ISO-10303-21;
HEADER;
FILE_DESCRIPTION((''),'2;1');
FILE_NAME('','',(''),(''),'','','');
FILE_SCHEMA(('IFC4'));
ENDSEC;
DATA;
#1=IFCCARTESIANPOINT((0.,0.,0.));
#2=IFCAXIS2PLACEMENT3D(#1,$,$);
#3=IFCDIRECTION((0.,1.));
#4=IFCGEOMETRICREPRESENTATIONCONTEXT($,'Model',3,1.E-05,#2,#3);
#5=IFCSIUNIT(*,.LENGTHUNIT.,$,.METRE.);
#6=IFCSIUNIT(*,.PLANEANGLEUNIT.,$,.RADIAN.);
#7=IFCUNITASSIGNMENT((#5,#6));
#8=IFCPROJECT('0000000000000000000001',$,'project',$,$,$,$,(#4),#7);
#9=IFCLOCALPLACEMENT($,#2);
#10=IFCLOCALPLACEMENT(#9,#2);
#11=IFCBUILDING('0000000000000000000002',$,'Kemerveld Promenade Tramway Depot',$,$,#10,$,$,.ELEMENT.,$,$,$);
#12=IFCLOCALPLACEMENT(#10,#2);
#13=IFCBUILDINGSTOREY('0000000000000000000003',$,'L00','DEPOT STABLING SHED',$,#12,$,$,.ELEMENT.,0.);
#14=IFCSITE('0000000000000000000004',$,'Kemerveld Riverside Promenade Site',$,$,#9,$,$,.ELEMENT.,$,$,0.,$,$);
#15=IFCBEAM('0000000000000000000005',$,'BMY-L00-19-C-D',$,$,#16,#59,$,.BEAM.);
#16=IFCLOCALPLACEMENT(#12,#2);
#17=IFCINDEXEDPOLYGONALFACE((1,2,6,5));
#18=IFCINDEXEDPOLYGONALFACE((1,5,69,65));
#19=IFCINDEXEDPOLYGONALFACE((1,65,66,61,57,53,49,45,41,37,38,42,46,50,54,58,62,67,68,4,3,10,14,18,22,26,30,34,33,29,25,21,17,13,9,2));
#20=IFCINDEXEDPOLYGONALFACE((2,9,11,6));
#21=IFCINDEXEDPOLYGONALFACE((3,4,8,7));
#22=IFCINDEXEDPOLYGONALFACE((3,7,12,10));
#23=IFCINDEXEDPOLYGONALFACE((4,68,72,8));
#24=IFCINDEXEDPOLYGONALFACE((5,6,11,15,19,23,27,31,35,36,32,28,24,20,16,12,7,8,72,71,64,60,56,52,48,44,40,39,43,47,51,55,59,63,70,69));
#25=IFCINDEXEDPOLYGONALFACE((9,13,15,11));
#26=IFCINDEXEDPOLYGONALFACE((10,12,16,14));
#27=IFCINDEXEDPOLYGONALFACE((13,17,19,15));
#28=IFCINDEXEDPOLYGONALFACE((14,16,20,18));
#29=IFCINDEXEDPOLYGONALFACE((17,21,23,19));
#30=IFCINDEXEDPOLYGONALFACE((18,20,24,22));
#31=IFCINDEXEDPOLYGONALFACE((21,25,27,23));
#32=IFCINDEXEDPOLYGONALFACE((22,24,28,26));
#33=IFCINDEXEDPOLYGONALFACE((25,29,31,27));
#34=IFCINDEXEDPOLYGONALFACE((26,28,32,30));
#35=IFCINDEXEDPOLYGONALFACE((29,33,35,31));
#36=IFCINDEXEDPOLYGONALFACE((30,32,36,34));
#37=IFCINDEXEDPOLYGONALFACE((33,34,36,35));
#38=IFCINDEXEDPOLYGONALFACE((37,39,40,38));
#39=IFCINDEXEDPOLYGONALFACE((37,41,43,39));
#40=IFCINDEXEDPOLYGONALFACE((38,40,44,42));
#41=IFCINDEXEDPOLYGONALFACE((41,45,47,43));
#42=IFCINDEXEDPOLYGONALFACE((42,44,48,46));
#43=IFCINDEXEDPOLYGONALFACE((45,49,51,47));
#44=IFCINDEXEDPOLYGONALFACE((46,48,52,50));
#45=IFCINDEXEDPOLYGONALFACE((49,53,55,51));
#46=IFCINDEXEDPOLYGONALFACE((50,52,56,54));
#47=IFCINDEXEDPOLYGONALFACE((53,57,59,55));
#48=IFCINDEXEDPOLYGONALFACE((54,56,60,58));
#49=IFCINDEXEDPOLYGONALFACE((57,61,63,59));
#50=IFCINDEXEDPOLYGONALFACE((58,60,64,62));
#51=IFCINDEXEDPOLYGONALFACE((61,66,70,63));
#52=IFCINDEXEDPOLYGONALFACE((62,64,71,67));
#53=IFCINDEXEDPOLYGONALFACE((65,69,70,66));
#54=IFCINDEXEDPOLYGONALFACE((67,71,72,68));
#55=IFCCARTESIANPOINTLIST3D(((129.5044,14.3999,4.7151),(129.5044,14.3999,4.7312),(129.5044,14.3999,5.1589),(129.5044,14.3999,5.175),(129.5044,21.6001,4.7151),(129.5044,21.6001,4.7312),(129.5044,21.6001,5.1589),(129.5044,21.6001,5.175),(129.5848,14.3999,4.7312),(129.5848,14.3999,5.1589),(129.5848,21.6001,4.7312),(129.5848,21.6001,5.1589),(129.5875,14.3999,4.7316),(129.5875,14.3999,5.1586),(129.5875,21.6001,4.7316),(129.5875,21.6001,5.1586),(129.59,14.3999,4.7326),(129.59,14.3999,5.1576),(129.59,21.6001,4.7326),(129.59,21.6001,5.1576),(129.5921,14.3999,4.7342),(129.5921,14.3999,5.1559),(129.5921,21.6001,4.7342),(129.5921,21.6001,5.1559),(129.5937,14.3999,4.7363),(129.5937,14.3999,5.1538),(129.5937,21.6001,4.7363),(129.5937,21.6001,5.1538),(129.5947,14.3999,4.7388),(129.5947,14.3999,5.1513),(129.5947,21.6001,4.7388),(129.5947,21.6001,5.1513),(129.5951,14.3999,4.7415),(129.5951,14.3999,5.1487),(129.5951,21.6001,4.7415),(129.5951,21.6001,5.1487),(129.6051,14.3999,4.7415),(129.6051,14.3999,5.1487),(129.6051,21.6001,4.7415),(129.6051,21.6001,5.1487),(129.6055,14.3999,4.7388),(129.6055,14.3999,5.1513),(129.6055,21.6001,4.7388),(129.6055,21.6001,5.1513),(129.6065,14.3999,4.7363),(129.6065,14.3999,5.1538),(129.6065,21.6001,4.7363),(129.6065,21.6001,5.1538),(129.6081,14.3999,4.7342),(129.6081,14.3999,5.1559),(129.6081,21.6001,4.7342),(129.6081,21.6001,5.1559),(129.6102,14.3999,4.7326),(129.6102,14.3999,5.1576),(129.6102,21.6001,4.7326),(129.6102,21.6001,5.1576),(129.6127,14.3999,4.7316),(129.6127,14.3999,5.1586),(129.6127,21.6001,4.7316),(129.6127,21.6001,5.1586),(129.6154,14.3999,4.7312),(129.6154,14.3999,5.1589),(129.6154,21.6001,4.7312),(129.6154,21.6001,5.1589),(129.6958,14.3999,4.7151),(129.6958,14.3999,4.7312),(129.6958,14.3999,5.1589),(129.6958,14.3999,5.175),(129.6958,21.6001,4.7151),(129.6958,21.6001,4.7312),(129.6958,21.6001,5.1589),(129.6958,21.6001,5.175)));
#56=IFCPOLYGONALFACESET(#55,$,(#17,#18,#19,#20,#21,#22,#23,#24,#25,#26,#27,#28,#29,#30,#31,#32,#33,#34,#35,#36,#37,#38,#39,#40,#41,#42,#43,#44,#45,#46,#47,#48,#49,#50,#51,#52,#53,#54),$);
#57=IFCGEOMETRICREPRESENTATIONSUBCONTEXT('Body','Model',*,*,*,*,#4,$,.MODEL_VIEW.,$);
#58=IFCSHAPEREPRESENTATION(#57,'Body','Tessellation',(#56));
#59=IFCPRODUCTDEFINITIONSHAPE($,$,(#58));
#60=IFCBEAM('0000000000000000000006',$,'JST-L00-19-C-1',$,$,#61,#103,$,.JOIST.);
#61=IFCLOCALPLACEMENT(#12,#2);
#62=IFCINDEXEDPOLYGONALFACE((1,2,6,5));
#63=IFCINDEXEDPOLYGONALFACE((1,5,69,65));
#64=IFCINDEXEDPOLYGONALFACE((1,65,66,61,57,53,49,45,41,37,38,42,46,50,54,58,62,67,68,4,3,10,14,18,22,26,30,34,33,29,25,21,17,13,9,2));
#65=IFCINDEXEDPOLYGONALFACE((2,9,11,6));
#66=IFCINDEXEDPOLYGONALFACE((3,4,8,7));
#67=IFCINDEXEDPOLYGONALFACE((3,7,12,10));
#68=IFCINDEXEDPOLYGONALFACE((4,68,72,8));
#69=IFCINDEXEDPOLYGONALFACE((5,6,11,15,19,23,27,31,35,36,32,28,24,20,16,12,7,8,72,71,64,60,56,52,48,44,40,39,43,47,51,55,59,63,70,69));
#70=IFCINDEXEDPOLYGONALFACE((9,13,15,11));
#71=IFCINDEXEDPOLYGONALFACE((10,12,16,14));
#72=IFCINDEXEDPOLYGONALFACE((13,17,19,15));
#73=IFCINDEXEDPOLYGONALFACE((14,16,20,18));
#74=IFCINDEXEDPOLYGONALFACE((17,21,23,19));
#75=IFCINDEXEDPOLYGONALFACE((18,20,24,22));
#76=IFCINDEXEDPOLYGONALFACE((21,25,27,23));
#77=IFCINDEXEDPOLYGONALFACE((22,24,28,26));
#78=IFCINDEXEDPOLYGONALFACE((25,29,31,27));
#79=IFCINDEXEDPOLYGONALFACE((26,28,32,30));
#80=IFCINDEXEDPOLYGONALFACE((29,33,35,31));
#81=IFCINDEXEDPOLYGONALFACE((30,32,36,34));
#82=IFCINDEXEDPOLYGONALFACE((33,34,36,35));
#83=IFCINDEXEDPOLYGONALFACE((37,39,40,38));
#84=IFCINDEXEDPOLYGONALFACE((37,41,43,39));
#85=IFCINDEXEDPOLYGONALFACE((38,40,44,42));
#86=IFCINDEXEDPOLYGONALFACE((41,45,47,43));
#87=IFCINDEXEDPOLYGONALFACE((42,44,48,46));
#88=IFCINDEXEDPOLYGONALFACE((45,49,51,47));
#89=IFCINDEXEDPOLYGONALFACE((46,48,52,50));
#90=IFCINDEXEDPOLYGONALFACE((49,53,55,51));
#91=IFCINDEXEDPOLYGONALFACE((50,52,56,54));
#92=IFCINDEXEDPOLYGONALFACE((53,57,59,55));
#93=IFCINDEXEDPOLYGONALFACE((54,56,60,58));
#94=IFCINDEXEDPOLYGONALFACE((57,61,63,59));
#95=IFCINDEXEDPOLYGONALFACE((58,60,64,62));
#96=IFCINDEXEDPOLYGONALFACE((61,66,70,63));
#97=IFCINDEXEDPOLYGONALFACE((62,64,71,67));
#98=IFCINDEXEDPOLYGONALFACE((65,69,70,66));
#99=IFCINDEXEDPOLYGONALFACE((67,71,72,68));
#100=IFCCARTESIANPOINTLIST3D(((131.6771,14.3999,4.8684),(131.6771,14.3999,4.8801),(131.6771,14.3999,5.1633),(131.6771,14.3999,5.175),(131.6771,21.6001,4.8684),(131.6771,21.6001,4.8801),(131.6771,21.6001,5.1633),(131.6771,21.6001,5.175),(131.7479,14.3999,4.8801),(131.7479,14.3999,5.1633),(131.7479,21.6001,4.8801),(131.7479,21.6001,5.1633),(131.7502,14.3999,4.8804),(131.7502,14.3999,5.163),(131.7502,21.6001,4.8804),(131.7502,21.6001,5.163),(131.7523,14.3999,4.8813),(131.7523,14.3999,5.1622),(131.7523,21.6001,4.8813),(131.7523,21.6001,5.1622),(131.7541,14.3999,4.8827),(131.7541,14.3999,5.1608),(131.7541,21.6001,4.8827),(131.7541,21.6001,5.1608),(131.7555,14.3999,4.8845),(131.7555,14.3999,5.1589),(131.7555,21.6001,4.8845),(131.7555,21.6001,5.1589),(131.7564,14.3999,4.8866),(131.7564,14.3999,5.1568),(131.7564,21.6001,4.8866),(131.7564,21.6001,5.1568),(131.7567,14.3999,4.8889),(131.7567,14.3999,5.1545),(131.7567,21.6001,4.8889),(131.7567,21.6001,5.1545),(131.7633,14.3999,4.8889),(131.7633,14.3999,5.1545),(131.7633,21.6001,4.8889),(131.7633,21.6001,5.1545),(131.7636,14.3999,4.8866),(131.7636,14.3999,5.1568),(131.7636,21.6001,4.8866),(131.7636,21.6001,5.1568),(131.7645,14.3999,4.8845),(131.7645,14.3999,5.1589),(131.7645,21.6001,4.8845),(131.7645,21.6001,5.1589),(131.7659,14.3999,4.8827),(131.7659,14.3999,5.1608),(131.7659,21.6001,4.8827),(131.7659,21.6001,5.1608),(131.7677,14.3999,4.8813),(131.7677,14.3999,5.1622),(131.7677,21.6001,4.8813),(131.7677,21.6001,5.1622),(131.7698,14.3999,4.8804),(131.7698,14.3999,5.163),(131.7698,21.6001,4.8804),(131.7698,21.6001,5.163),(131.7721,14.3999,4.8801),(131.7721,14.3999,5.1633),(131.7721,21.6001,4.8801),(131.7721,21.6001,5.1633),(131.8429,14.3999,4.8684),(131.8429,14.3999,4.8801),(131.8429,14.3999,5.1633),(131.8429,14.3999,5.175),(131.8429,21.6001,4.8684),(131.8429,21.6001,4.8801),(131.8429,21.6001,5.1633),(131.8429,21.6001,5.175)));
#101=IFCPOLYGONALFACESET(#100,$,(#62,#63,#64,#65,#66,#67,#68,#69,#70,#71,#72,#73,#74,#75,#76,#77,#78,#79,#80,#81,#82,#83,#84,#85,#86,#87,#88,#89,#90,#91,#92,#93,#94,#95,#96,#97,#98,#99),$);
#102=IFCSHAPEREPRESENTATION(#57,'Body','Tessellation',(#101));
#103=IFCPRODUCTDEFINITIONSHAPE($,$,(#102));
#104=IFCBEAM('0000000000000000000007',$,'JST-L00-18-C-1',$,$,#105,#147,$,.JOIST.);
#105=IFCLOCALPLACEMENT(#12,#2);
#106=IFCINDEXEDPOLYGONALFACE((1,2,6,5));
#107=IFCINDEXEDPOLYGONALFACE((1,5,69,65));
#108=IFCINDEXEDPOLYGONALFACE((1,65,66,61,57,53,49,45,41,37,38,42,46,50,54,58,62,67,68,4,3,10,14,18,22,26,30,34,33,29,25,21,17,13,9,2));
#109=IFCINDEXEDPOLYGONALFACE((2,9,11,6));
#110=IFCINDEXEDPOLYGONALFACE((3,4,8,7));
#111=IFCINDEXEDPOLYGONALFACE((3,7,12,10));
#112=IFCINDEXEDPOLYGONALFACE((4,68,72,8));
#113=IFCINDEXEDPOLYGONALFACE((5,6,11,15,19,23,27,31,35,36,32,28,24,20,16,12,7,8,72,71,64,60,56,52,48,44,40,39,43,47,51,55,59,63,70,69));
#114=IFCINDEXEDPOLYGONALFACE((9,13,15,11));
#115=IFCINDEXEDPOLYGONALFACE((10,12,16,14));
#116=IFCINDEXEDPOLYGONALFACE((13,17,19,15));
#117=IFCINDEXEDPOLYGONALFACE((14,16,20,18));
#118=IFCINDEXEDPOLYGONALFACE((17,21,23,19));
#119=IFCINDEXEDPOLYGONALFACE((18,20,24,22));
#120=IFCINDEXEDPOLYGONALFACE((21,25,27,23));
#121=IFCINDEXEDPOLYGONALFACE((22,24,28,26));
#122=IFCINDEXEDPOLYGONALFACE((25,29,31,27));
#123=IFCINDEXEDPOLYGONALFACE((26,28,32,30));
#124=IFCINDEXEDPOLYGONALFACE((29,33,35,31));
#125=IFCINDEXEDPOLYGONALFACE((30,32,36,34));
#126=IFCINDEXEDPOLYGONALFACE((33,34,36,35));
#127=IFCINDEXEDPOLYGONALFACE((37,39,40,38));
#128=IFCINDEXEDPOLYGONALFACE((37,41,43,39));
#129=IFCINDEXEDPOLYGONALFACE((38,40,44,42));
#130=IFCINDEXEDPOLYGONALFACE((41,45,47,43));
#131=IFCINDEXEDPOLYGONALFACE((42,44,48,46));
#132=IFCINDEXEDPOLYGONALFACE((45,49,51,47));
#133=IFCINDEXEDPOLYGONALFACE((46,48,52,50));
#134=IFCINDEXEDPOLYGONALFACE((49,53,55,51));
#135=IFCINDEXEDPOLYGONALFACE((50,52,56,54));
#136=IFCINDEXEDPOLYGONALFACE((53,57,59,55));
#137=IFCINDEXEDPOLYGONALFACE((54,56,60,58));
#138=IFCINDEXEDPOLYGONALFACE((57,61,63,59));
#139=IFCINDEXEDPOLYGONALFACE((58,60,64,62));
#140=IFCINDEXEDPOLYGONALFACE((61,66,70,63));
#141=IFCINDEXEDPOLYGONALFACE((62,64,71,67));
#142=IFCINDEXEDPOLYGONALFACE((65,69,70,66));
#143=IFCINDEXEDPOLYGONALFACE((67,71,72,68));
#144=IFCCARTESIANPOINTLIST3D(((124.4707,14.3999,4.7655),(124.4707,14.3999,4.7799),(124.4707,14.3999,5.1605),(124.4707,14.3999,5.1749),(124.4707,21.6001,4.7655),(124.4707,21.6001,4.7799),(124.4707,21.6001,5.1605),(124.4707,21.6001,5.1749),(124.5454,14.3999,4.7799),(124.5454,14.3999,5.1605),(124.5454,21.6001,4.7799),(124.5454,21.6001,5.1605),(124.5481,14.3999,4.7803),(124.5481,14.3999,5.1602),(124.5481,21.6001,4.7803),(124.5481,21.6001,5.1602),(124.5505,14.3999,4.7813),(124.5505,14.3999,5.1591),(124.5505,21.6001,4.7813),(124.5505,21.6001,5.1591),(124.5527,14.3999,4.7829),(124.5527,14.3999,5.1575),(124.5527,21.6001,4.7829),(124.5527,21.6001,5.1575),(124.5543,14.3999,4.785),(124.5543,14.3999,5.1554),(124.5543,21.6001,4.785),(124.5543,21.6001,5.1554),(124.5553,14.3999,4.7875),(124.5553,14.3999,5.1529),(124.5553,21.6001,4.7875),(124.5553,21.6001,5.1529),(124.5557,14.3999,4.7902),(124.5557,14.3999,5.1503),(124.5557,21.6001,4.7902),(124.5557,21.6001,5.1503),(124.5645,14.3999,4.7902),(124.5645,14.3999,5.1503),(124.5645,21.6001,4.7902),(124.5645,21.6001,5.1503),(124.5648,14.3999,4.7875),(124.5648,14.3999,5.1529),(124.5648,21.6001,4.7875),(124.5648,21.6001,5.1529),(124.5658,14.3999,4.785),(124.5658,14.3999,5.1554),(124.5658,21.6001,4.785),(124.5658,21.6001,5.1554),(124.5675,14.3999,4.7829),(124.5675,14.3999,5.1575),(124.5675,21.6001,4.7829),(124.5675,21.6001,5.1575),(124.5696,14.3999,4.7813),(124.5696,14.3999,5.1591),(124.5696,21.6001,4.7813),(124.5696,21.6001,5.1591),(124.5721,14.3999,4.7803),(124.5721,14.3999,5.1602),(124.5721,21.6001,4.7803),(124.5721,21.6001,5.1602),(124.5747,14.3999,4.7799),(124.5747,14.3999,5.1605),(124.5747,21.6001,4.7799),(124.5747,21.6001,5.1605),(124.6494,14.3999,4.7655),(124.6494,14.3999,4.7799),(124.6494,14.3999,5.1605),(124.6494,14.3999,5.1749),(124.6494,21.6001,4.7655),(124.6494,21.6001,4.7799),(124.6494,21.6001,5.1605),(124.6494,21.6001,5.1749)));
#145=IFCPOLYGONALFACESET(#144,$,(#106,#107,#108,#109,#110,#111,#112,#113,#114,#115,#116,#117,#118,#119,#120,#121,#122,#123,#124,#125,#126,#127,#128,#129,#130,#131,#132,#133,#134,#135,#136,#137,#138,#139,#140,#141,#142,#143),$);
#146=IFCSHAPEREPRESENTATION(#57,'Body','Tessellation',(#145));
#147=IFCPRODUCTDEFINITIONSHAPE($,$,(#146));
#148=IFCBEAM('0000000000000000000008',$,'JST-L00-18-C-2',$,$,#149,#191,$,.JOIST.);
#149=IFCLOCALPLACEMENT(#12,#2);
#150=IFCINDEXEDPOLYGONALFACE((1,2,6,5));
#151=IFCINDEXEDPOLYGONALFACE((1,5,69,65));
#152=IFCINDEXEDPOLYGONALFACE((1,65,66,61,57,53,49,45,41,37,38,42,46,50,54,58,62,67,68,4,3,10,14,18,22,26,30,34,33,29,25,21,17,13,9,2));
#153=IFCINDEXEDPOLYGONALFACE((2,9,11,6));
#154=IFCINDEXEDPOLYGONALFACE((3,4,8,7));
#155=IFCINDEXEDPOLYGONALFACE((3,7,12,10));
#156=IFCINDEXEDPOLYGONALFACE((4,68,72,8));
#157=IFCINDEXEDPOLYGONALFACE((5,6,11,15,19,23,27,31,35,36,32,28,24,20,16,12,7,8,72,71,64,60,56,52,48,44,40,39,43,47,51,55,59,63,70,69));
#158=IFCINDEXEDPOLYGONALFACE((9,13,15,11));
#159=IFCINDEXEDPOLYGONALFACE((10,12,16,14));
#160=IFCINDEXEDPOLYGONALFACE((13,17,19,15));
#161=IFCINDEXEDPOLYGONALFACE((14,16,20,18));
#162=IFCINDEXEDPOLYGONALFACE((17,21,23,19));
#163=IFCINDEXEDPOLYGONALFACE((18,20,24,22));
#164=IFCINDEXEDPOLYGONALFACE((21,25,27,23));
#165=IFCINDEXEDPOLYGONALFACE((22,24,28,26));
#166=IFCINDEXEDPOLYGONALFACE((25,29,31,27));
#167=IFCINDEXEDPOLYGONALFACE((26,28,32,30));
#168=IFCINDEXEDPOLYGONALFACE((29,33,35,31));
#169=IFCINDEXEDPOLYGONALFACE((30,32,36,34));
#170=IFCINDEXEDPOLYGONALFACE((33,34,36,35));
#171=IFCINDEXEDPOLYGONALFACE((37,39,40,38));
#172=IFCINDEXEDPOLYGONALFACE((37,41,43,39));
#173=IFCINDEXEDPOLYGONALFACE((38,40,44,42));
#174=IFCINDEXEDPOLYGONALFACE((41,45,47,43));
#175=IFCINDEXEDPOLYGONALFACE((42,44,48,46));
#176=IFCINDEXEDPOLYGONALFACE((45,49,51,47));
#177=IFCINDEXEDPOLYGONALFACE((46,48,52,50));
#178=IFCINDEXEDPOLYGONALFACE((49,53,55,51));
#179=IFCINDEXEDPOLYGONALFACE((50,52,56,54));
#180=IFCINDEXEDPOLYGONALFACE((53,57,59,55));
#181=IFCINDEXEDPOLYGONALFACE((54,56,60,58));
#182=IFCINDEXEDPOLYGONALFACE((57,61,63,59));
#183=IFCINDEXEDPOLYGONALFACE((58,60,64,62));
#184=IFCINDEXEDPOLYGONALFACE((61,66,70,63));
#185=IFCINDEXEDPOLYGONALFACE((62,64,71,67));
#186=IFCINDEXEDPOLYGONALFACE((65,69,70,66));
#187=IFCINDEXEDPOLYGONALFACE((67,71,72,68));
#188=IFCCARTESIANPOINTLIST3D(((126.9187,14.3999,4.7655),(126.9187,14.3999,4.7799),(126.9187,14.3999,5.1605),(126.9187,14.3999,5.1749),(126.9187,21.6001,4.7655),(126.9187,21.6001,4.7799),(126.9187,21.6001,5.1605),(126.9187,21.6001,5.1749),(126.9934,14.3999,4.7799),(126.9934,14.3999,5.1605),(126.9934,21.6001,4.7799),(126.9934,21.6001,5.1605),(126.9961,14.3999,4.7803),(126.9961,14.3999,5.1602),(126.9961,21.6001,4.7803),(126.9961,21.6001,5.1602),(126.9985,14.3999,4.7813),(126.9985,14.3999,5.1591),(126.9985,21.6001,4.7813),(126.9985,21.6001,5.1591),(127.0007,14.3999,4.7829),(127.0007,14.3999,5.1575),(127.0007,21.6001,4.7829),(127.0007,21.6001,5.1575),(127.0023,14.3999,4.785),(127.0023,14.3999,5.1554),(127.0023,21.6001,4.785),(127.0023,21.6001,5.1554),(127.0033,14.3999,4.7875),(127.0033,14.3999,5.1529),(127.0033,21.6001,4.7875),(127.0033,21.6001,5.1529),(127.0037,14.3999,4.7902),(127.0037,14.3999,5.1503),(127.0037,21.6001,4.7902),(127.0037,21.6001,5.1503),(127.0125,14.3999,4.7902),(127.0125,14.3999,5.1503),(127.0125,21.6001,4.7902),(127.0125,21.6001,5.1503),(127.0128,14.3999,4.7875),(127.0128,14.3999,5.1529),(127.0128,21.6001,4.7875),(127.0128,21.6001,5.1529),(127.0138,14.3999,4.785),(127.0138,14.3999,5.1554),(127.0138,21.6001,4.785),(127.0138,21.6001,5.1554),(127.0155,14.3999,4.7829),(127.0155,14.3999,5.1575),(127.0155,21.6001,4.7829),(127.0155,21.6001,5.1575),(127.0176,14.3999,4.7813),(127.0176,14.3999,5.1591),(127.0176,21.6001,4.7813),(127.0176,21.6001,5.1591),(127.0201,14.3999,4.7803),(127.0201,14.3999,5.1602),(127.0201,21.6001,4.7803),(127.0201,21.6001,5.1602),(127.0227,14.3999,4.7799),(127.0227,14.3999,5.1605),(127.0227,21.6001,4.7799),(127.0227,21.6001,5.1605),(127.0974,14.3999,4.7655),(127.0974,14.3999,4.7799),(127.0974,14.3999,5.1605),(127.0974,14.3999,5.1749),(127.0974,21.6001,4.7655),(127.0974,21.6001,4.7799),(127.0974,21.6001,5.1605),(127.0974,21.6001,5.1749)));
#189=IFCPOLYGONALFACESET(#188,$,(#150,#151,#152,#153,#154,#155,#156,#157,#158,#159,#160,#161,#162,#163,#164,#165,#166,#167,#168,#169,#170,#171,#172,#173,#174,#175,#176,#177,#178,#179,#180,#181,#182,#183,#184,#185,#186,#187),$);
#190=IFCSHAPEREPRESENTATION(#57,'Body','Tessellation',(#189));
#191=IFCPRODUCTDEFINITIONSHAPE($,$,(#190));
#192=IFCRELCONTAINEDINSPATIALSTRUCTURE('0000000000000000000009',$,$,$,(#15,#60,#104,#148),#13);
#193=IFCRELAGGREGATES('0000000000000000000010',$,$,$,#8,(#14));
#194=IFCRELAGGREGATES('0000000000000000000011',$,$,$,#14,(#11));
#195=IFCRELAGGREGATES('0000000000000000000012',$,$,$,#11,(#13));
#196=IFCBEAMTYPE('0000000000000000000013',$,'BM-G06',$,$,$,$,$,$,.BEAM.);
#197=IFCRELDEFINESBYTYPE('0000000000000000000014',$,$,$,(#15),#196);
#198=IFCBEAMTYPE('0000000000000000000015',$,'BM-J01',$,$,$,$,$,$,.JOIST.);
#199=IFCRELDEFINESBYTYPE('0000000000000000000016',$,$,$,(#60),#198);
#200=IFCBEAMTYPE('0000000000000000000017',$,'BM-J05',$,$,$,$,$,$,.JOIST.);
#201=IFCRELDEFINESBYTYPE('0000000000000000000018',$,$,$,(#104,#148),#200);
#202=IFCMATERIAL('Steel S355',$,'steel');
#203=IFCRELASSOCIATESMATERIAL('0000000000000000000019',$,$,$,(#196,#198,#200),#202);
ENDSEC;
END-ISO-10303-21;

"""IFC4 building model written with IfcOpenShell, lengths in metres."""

from ifc_helpers import new_model, si_unit, direction, frame, origin, origin_2d, place, context, subcontext, project, spatial, i_section, extrude, material, material_profile, profile_set, type_object, element, save


model = new_model("IFC4")

# Units and contexts
model_context = context("Model", 3, precision=1e-05, world=origin(), true_north=direction((0.0, 1.0)))
body_context = subcontext(model_context, "Body", "Model", "MODEL_VIEW")
ifc_project = project(units=[si_unit("LENGTHUNIT", "METRE"), si_unit("PLANEANGLEUNIT", "RADIAN")], contexts=[model_context])

# Site, building, storey
site_placement = place(None, origin())
site = spatial("IfcSite", under=ifc_project, at=site_placement, Name="Kemerveld Riverside Promenade Site", CompositionType="ELEMENT", RefElevation=0.0)
building_placement = place(site_placement, origin())
building = spatial("IfcBuilding", under=site, at=building_placement, Name="Kemerveld Promenade Tramway Depot", CompositionType="ELEMENT")
storey_placement = place(building_placement, origin())
storey = spatial("IfcBuildingStorey", under=building, at=storey_placement, Name="L00", Description="DEPOT STABLING SHED", CompositionType="ELEMENT", Elevation=0.0)

# Shared definitions
ifc_material_1 = material(Name="Steel S355", Category="steel")

# Beams
ifc_material_profile_1 = material_profile(ifc_material_1, i_section(OverallWidth=0.1914, OverallDepth=0.46, WebThickness=0.01, FlangeThickness=0.0161, FilletRadius=0.0103, at=origin_2d()), Name="457x191x82 UB")
ifc_profile_set_1 = profile_set([ifc_material_profile_1], Name="Steel S355")
beam_type_1 = type_object("IfcBeamType", Name="BM-G06", PredefinedType="BEAM", material=ifc_profile_set_1)
beam_1_placement = place(storey_placement, frame((129.6001, 14.3999, 4.9451), z_axis=(0.0, 1.0, 0.0), x_axis=(-1.0, 0.0, 0.0)))
element("IfcBeam", 1, at=beam_1_placement, inside=storey, type_object=beam_type_1, Name="BMY-L00-19-C-D", PredefinedType="BEAM", context=body_context, shape_type="SweptSolid", body=[
    extrude(i_section(OverallWidth=0.1914, OverallDepth=0.46, WebThickness=0.01, FlangeThickness=0.0161, FilletRadius=0.0103, at=origin_2d()), origin(), (0.0, 0.0, 1.0), 7.2002),
])
ifc_material_profile_2 = material_profile(ifc_material_1, i_section(OverallWidth=0.1658, OverallDepth=0.3066, WebThickness=0.0066, FlangeThickness=0.0117, FilletRadius=0.0088, at=origin_2d()), Name="305x165x46 UB")
ifc_profile_set_2 = profile_set([ifc_material_profile_2], Name="Steel S355")
beam_type_2 = type_object("IfcBeamType", Name="BM-J01", PredefinedType="JOIST", material=ifc_profile_set_2)
beam_2_placement = place(storey_placement, frame((131.76, 14.3999, 5.0217), z_axis=(0.0, 1.0, 0.0), x_axis=(-1.0, 0.0, 0.0)))
element("IfcBeam", 2, at=beam_2_placement, inside=storey, type_object=beam_type_2, Name="JST-L00-19-C-1", PredefinedType="JOIST", context=body_context, shape_type="SweptSolid", body=[
    extrude(i_section(OverallWidth=0.1658, OverallDepth=0.3066, WebThickness=0.0066, FlangeThickness=0.0117, FilletRadius=0.0088, at=origin_2d()), origin(), (0.0, 0.0, 1.0), 7.2002),
])
ifc_material_profile_3 = material_profile(ifc_material_1, i_section(OverallWidth=0.1787, OverallDepth=0.4094, WebThickness=0.0088, FlangeThickness=0.0144, FilletRadius=0.0103, at=origin_2d()), Name="406x178x67 UB")
ifc_profile_set_3 = profile_set([ifc_material_profile_3], Name="Steel S355")
beam_type_3 = type_object("IfcBeamType", Name="BM-J05", PredefinedType="JOIST", material=ifc_profile_set_3)
for number, where, z_axis, x_axis, name in (
    (3, (124.5601, 14.3999, 4.9702), (0.0, 1.0, 0.0), (-1.0, 0.0, 0.0), "JST-L00-18-C-1"),
    (4, (127.0081, 14.3999, 4.9702), (0.0, 1.0, 0.0), (-1.0, 0.0, 0.0), "JST-L00-18-C-2"),
):
    element("IfcBeam", number, at=place(storey_placement, frame(where, z_axis=z_axis, x_axis=x_axis)), inside=storey, type_object=beam_type_3, Name=name, PredefinedType="JOIST", context=body_context, shape_type="SweptSolid", body=[
        extrude(i_section(OverallWidth=0.1787, OverallDepth=0.4094, WebThickness=0.0088, FlangeThickness=0.0144, FilletRadius=0.0103, at=origin_2d()), origin(), (0.0, 0.0, 1.0), 7.2002),
    ])

save(model, "model.ifc")
